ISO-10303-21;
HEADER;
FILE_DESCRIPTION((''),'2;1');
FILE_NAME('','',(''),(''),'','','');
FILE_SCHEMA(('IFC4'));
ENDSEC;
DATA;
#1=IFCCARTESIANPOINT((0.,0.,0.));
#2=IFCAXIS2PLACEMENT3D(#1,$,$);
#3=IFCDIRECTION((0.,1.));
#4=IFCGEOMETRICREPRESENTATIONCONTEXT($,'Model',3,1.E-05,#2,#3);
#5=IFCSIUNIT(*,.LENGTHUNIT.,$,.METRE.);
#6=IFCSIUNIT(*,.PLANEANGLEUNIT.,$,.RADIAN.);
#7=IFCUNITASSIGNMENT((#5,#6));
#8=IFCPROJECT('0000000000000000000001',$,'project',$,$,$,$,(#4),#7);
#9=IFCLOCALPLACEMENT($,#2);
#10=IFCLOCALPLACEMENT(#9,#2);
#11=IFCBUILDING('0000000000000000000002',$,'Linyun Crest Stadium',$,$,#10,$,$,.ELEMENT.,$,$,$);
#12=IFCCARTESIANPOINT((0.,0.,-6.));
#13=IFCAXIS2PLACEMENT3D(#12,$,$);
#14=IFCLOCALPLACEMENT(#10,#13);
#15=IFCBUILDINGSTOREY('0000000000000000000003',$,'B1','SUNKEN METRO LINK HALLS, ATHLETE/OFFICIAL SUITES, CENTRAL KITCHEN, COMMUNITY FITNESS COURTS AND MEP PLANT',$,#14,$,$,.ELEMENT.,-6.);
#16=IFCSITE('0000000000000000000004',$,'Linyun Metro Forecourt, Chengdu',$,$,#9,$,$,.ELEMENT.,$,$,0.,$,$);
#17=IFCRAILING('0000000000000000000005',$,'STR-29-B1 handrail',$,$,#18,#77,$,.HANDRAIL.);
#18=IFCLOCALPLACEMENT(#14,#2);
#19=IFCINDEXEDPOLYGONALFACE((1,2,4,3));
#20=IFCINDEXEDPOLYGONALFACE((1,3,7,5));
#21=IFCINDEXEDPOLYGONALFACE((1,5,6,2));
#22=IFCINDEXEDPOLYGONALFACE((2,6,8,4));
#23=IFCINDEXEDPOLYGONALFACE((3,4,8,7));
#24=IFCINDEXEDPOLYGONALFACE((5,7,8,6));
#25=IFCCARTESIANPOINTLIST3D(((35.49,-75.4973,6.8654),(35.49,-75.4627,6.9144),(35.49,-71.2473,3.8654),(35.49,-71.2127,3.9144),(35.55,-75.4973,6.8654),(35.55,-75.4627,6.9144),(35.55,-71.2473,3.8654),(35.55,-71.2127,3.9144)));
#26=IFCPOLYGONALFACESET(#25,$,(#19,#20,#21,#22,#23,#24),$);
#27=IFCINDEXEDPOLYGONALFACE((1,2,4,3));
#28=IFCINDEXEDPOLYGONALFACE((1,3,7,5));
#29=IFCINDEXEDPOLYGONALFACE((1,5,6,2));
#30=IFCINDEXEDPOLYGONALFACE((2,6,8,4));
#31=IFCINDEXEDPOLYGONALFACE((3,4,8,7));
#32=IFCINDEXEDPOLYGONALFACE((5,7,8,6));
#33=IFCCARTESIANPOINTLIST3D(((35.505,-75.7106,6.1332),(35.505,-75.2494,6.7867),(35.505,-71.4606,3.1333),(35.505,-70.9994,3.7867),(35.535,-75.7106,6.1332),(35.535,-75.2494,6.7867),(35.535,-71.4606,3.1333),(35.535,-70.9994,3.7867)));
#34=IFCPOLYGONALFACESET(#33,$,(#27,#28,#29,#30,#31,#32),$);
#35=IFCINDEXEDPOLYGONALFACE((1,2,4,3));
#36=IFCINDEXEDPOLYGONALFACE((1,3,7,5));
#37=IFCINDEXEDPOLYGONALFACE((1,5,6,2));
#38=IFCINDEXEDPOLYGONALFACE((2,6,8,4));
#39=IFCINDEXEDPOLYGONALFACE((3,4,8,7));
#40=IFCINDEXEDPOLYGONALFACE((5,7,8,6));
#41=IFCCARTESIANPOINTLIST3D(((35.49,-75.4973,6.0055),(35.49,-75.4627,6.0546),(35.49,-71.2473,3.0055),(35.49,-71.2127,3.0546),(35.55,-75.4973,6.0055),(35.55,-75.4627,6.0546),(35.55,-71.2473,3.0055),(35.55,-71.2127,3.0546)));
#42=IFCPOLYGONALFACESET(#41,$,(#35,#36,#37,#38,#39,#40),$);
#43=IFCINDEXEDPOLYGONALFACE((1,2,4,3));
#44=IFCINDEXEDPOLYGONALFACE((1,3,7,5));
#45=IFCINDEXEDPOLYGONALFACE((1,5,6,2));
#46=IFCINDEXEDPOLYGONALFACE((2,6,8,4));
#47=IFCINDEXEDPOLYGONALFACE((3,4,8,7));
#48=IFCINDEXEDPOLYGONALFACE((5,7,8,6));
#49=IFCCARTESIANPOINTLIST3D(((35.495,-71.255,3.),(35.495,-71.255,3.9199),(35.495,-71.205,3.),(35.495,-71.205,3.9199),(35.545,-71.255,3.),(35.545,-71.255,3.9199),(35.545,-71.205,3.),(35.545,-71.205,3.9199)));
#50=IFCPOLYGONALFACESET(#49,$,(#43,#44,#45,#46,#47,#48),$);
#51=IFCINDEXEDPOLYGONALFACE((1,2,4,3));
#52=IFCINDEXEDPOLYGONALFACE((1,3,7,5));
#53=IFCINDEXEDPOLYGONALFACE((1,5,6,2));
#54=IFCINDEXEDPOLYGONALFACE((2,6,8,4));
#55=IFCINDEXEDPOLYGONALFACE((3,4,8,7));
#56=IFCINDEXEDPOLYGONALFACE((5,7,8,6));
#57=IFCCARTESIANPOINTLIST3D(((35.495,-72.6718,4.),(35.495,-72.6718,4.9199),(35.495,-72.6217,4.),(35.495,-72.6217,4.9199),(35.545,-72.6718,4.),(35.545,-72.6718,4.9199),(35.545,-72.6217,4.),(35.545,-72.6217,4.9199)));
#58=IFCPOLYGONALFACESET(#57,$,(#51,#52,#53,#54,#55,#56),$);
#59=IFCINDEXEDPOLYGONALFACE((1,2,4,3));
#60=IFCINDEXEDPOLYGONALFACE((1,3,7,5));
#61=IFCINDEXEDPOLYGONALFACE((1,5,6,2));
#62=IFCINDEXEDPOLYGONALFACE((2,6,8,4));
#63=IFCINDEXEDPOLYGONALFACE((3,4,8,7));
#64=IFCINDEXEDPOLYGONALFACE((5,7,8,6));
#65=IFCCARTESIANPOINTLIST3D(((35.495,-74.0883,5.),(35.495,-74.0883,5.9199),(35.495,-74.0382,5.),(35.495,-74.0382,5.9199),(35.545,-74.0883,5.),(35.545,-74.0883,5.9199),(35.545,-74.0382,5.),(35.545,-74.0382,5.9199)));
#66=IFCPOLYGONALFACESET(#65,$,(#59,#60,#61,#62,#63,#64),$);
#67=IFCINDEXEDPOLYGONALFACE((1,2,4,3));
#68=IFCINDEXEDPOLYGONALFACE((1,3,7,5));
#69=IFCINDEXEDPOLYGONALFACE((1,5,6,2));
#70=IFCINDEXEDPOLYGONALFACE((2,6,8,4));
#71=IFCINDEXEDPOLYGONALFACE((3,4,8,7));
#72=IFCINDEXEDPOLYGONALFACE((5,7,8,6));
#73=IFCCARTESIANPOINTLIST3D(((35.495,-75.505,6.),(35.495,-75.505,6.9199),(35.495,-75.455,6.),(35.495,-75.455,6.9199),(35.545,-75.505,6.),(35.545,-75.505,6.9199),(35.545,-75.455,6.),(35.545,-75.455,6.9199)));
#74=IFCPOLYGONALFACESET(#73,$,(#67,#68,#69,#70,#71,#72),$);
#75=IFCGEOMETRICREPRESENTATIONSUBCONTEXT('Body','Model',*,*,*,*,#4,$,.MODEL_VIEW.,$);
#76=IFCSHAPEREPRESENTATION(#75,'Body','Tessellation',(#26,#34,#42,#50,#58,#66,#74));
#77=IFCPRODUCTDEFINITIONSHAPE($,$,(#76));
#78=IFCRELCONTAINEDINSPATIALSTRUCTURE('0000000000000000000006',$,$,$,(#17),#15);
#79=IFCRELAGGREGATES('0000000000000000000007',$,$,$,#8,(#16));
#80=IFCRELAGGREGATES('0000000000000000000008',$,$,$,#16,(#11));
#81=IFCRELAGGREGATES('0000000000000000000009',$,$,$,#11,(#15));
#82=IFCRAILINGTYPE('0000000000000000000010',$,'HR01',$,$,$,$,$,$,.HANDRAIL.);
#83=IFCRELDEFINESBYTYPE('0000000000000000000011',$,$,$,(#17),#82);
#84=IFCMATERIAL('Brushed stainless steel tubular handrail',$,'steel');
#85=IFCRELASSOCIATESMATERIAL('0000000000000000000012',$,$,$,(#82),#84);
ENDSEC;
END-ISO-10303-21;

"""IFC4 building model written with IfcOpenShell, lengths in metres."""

from ifc_helpers import new_model, si_unit, direction, frame, origin, origin_2d, place, context, subcontext, project, spatial, rectangle, extrude, material, type_object, element, save


model = new_model("IFC4")

# Units and contexts
model_context = context("Model", 3, precision=1e-05, world=origin(), true_north=direction((0.0, 1.0)))
body_context = subcontext(model_context, "Body", "Model", "MODEL_VIEW")
ifc_project = project(units=[si_unit("LENGTHUNIT", "METRE"), si_unit("PLANEANGLEUNIT", "RADIAN")], contexts=[model_context])

# Site, building, storey
site_placement = place(None, origin())
site = spatial("IfcSite", under=ifc_project, at=site_placement, Name="Linyun Metro Forecourt, Chengdu", CompositionType="ELEMENT", RefElevation=0.0)
building_placement = place(site_placement, origin())
building = spatial("IfcBuilding", under=site, at=building_placement, Name="Linyun Crest Stadium", CompositionType="ELEMENT")
storey_placement = place(building_placement, frame((0.0, 0.0, -6.0)))
storey = spatial("IfcBuildingStorey", under=building, at=storey_placement, Name="B1", Description="SUNKEN METRO LINK HALLS, ATHLETE/OFFICIAL SUITES, CENTRAL KITCHEN, COMMUNITY FITNESS COURTS AND MEP PLANT", CompositionType="ELEMENT", Elevation=-6.0)

# Railing
ifc_material_1 = material(Name="Brushed stainless steel tubular handrail", Category="steel")
railing_type_1 = type_object("IfcRailingType", Name="HR01", PredefinedType="HANDRAIL", material=ifc_material_1)
railing_1_placement = place(storey_placement, frame((35.52, -71.23, 3.0)))
element("IfcRailing", 1, at=railing_1_placement, inside=storey, type_object=railing_type_1, Name="STR-29-B1 handrail", PredefinedType="HANDRAIL", context=body_context, shape_type="SweptSolid", body=[
    extrude(rectangle(XDim=0.0601, YDim=0.0601, at=origin_2d()), frame((0.0, 0.0, 0.8899), z_axis=(0.0, -0.816968, 0.576683), x_axis=(1.0, 0.0, 0.0)), (0.0, 0.0, 1.0), 5.2021),
    extrude(rectangle(XDim=0.03, YDim=0.7998, at=origin_2d()), frame((0.0, 0.0, 0.46), z_axis=(0.0, -0.816968, 0.576683), x_axis=(1.0, 0.0, 0.0)), (0.0, 0.0, 1.0), 5.2021),
    extrude(rectangle(XDim=0.0601, YDim=0.0601, at=origin_2d()), frame((0.0, 0.0, 0.03), z_axis=(0.0, -0.816968, 0.576683), x_axis=(1.0, 0.0, 0.0)), (0.0, 0.0, 1.0), 5.2021),
    extrude(rectangle(XDim=0.05, YDim=0.05, at=origin_2d()), origin(), (0.0, 0.0, 1.0), 0.9199),
    extrude(rectangle(XDim=0.05, YDim=0.05, at=origin_2d()), frame((0.0, -1.4167, 1.0)), (0.0, 0.0, 1.0), 0.9199),
    extrude(rectangle(XDim=0.05, YDim=0.05, at=origin_2d()), frame((0.0, -2.8333, 2.0)), (0.0, 0.0, 1.0), 0.9199),
    extrude(rectangle(XDim=0.05, YDim=0.05, at=origin_2d()), frame((0.0, -4.25, 3.0)), (0.0, 0.0, 1.0), 0.9199),
])

save(model, "model.ifc")
